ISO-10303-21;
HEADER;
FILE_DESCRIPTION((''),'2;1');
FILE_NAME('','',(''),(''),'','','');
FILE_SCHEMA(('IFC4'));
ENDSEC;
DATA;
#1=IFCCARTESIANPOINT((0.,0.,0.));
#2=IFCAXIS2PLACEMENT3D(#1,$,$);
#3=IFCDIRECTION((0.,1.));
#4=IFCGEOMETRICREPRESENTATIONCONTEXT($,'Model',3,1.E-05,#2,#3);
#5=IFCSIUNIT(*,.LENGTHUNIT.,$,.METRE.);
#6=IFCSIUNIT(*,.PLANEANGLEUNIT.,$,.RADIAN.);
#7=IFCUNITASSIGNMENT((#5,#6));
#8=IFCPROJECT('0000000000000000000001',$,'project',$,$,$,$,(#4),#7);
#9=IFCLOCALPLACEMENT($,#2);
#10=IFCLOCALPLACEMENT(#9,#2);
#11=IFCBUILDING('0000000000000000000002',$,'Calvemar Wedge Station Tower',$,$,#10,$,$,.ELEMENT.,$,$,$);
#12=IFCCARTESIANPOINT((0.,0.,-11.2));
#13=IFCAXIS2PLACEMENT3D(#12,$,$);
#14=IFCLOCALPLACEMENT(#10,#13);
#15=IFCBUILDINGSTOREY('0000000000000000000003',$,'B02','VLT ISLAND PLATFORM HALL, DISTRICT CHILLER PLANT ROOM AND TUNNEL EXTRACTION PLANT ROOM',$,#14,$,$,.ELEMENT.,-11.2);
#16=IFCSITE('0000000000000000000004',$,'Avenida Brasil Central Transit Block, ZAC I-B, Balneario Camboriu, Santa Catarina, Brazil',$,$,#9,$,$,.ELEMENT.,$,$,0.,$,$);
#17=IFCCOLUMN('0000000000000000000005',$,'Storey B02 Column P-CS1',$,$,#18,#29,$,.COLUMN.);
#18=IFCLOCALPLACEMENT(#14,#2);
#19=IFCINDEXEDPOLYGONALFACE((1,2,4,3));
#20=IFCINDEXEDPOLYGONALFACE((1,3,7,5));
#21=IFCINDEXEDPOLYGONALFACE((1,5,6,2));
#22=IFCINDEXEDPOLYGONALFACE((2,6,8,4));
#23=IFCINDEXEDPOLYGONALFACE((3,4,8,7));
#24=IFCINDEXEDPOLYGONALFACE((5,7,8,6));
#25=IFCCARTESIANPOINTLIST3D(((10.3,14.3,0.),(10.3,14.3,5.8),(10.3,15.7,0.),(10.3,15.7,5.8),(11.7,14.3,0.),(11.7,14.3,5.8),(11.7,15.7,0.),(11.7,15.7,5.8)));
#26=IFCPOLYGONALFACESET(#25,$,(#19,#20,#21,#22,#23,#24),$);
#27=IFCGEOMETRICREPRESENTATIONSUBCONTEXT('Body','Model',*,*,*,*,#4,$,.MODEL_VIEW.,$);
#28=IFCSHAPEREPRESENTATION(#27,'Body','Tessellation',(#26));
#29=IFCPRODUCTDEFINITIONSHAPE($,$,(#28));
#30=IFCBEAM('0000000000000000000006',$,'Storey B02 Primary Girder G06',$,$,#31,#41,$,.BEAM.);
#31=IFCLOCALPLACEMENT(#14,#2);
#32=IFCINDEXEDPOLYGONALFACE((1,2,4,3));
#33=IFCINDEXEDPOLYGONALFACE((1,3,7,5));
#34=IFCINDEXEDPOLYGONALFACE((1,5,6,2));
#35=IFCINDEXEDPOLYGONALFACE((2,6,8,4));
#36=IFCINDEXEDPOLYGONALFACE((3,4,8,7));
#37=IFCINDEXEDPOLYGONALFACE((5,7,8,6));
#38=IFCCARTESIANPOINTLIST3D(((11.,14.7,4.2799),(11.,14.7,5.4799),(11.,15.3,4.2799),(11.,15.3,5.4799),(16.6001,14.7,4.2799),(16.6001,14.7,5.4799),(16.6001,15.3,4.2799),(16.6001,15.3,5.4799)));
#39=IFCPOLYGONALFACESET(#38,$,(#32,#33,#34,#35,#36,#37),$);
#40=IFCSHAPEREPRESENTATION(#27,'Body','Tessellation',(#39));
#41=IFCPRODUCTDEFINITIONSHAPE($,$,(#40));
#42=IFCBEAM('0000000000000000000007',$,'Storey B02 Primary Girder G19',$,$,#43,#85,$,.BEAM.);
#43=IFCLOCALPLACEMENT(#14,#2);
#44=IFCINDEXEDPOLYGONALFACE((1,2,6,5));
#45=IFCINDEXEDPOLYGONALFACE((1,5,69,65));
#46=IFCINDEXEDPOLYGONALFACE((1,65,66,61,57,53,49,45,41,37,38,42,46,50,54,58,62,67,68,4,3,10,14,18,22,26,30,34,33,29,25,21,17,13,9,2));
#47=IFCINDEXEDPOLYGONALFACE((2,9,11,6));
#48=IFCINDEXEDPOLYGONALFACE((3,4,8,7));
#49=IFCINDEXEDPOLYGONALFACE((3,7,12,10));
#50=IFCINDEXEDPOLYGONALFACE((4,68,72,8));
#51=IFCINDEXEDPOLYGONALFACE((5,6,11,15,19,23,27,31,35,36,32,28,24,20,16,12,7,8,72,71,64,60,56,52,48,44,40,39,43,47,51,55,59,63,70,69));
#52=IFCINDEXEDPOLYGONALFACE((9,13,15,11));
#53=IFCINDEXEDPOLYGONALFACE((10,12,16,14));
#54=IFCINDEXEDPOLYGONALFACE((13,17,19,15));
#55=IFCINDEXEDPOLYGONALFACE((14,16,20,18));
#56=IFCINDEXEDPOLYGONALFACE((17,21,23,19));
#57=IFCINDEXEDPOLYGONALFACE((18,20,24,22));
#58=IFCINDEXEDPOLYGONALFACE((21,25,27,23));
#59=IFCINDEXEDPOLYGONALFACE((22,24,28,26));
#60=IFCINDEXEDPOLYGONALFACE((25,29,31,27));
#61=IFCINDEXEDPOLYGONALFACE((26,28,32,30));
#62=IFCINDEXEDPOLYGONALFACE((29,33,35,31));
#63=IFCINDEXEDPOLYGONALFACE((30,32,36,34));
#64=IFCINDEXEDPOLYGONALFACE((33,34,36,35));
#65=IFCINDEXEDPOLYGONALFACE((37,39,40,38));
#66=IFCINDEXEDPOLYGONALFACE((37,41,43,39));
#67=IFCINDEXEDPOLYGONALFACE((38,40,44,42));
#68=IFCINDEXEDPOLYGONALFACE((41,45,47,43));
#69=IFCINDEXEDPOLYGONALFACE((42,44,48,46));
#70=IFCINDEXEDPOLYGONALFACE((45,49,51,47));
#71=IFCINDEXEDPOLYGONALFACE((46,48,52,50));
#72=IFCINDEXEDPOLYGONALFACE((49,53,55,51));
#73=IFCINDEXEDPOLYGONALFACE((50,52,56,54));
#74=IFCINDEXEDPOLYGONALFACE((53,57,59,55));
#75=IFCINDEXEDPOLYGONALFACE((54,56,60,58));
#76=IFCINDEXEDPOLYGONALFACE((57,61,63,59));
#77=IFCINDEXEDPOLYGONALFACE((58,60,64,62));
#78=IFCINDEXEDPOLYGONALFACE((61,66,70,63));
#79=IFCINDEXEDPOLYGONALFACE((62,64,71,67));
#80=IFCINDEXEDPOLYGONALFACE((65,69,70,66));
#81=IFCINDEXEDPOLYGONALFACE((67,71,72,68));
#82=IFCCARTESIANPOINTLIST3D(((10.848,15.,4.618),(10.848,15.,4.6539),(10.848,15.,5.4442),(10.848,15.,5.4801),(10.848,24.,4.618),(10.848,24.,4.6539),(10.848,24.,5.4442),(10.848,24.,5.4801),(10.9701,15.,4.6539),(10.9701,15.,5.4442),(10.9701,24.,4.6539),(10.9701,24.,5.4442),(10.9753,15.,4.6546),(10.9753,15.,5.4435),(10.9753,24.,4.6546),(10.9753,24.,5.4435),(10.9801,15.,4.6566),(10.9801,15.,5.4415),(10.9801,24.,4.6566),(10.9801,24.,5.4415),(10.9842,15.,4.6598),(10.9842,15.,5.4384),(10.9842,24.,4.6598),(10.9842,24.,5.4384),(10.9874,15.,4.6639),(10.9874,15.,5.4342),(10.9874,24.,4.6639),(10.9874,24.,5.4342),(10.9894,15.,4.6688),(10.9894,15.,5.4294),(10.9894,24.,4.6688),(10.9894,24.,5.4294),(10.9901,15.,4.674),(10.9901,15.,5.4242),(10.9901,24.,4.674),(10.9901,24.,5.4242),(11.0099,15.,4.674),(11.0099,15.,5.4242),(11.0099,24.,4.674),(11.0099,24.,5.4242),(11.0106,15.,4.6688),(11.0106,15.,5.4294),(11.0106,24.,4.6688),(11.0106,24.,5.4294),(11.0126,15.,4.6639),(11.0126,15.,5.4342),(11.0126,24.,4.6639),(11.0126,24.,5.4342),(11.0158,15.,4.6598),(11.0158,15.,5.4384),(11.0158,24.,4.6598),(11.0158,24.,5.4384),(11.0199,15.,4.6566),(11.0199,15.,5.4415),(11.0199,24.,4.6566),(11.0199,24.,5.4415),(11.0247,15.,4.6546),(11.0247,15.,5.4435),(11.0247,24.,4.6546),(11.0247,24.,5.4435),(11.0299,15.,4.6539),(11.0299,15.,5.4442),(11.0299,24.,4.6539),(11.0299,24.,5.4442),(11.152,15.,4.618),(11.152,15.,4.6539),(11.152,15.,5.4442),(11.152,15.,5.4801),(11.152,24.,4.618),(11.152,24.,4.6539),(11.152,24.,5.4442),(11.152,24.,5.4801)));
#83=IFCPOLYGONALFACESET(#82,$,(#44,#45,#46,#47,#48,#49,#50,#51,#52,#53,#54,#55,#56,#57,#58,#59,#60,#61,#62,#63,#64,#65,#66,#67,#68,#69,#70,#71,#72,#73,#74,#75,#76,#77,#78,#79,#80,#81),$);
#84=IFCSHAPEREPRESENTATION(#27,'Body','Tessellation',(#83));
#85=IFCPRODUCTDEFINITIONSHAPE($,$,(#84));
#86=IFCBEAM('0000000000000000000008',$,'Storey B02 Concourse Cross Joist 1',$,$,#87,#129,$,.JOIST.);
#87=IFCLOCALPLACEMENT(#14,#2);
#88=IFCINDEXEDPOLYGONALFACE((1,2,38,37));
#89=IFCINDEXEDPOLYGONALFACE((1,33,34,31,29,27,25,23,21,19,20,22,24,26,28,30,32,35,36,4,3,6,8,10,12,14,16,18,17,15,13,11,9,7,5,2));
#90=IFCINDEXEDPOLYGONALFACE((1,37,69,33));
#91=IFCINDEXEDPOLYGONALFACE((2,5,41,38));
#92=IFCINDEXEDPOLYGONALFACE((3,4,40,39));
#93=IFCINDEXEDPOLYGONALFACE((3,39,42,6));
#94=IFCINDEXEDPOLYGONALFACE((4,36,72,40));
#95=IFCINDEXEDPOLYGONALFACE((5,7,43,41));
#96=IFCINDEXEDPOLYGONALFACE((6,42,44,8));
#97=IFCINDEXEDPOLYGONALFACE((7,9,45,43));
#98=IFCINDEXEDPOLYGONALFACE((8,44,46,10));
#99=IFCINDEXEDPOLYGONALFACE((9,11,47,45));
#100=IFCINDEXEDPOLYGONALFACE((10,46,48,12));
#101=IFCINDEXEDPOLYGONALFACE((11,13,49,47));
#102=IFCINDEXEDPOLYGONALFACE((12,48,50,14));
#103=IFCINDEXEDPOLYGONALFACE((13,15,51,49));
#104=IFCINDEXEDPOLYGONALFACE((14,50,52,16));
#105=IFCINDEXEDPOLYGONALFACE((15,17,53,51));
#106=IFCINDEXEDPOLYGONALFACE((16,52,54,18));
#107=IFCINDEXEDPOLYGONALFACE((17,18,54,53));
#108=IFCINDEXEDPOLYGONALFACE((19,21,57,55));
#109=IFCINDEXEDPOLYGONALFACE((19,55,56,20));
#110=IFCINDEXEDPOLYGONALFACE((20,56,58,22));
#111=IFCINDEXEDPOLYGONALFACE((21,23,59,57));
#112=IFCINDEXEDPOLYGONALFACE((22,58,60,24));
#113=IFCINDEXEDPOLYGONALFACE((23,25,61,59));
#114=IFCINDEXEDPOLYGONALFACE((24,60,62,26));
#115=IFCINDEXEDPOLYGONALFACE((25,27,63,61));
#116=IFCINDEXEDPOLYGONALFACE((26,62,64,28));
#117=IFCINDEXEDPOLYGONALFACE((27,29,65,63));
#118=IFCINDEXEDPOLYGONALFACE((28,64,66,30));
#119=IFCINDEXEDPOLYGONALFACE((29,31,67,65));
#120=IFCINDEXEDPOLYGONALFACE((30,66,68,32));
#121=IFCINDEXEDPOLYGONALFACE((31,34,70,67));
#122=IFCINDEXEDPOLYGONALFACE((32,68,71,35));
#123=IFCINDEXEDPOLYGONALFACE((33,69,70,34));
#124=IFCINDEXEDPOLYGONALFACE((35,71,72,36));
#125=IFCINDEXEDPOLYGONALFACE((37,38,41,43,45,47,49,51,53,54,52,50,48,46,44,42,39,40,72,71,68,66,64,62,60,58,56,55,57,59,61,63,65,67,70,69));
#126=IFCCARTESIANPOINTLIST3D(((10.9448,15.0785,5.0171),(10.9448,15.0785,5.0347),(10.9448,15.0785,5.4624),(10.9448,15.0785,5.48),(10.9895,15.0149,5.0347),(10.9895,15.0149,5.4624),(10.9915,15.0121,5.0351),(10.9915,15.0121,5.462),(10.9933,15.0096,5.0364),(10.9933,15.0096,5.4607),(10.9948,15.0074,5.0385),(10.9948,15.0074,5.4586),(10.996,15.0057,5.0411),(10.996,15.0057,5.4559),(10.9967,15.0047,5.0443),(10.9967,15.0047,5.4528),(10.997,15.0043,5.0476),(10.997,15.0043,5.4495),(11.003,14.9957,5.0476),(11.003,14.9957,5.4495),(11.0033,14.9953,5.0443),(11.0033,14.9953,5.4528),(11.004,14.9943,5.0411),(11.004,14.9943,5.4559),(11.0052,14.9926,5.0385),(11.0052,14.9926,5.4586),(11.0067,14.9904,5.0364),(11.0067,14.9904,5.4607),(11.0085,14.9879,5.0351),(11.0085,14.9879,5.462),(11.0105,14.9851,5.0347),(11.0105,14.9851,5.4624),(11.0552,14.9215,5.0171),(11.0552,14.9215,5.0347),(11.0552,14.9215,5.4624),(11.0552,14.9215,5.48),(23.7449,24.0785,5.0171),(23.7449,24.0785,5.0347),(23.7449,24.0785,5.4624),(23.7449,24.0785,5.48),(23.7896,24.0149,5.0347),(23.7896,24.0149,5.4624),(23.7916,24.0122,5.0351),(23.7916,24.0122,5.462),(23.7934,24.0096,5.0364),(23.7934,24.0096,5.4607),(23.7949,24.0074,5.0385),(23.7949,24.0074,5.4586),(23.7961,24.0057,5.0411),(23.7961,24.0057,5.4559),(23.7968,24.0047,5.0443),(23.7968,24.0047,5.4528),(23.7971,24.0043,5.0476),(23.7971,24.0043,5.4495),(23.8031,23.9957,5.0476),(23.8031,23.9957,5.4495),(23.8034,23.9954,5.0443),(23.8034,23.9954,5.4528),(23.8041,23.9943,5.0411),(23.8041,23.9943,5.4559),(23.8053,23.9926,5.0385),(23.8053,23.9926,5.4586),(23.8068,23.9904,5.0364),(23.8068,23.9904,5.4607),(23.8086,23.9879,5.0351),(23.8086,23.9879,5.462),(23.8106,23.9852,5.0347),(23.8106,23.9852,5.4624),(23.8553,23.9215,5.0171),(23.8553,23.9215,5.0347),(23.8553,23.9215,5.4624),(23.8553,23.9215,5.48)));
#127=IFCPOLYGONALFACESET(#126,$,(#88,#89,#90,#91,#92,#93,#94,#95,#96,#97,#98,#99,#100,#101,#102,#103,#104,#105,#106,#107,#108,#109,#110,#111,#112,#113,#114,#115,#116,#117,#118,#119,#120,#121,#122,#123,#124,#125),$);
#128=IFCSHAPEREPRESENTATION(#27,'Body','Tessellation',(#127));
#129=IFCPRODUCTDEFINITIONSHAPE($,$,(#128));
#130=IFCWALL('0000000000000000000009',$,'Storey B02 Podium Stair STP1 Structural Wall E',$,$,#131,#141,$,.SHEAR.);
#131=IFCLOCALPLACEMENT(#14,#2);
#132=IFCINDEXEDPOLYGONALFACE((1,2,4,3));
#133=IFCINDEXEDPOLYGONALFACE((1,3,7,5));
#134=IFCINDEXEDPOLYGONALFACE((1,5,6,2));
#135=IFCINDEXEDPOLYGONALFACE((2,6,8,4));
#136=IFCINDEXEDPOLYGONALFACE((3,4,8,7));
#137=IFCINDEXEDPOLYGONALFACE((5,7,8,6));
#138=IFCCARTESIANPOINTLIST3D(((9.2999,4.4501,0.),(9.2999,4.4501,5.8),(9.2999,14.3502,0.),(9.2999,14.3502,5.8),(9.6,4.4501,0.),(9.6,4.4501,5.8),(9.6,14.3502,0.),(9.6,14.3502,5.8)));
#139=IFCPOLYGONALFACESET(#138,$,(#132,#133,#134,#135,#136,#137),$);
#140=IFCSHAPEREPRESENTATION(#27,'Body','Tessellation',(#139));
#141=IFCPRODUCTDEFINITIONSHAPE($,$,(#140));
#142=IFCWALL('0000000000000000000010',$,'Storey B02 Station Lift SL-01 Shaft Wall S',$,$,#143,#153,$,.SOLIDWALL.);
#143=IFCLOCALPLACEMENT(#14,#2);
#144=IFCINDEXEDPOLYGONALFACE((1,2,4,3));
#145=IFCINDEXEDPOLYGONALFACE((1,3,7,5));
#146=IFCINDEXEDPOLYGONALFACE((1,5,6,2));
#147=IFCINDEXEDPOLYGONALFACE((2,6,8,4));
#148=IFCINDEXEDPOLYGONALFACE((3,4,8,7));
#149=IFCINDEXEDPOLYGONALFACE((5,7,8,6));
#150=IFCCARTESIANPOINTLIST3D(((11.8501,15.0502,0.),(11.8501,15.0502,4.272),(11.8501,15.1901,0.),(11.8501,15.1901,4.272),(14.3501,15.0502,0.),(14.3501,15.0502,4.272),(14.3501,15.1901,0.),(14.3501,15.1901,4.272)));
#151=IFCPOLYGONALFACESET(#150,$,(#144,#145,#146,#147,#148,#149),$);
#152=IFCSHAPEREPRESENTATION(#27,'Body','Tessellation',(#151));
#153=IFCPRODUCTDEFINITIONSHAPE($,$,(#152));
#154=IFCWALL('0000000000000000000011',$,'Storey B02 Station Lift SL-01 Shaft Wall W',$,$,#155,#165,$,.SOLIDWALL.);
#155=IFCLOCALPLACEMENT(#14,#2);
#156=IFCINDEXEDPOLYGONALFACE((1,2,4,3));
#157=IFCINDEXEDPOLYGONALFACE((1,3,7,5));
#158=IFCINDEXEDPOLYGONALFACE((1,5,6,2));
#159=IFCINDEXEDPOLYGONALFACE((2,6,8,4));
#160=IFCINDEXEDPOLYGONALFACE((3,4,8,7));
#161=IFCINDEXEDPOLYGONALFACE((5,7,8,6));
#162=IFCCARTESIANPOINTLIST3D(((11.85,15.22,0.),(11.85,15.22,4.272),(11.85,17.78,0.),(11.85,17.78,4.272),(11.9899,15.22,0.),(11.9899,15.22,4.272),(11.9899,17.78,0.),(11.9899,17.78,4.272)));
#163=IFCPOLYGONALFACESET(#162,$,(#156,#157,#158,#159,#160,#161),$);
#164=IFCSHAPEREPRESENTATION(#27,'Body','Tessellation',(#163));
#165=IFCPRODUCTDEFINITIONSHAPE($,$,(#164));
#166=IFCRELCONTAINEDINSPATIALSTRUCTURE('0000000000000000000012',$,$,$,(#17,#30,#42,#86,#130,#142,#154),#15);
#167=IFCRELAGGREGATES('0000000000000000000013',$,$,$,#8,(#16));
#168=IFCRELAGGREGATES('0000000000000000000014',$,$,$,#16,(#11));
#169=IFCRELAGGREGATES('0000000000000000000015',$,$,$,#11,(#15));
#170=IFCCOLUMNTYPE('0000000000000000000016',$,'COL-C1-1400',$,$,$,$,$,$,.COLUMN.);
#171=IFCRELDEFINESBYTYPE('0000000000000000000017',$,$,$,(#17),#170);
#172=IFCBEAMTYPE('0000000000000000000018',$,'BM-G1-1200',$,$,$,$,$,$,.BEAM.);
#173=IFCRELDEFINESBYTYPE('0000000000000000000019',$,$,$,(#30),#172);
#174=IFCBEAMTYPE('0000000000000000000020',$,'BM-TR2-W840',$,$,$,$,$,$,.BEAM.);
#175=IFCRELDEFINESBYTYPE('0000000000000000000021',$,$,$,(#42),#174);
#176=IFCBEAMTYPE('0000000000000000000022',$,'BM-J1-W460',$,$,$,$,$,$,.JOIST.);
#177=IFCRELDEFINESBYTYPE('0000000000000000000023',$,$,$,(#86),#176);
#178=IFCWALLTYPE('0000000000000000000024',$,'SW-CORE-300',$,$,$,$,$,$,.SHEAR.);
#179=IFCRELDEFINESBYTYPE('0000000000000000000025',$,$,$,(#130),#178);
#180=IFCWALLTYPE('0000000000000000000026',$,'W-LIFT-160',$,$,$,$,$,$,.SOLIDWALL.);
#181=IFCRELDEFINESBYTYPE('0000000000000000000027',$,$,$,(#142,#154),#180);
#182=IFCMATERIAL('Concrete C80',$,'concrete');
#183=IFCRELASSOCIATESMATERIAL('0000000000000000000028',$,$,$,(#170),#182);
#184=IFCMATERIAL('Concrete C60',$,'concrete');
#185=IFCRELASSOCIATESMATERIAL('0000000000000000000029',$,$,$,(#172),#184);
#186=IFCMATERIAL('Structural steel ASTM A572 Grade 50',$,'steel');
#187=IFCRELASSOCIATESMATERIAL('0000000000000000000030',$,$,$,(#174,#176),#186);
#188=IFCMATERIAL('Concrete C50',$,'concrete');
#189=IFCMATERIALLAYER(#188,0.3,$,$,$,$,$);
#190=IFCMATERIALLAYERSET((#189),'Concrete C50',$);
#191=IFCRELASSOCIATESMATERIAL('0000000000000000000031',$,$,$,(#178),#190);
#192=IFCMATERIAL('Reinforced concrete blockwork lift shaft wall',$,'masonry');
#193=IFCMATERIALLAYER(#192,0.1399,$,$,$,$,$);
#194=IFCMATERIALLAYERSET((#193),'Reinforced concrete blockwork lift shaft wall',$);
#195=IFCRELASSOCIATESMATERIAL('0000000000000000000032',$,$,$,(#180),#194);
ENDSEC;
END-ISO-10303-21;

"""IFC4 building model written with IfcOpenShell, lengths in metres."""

from ifc_helpers import new_model, si_unit, direction, frame, frame_2d, origin, origin_2d, place, context, subcontext, project, spatial, rectangle, i_section, extrude, source, transform, mapped, material, layer, layer_set, material_profile, profile_set, type_object, element, save


model = new_model("IFC4")

# Units and contexts
model_context = context("Model", 3, precision=1e-05, world=origin(), true_north=direction((0.0, 1.0)))
body_context = subcontext(model_context, "Body", "Model", "MODEL_VIEW")
ifc_project = project(units=[si_unit("LENGTHUNIT", "METRE"), si_unit("PLANEANGLEUNIT", "RADIAN")], contexts=[model_context])

# Site, building, storey
site_placement = place(None, origin())
site = spatial("IfcSite", under=ifc_project, at=site_placement, Name="Avenida Brasil Central Transit Block, ZAC I-B, Balneario Camboriu, Santa Catarina, Brazil", CompositionType="ELEMENT", RefElevation=0.0)
building_placement = place(site_placement, origin())
building = spatial("IfcBuilding", under=site, at=building_placement, Name="Calvemar Wedge Station Tower", CompositionType="ELEMENT")
storey_placement = place(building_placement, frame((0.0, 0.0, -11.2)))
storey = spatial("IfcBuildingStorey", under=building, at=storey_placement, Name="B02", Description="VLT ISLAND PLATFORM HALL, DISTRICT CHILLER PLANT ROOM AND TUNNEL EXTRACTION PLANT ROOM", CompositionType="ELEMENT", Elevation=-11.2)

# Column
ifc_material_1 = material(Name="Concrete C80", Category="concrete")
ifc_material_profile_1 = material_profile(ifc_material_1, rectangle(XDim=1.3999, YDim=1.3999, at=origin_2d()), Name="RC1400x1400")
ifc_profile_set_1 = profile_set([ifc_material_profile_1], Name="Concrete C80")
column_type = type_object("IfcColumnType", Name="COL-C1-1400", PredefinedType="COLUMN", material=ifc_profile_set_1)
shared_shape_1 = source(origin(), body_context, "Body", "SweptSolid", [
    extrude(rectangle(XDim=1.3999, YDim=1.3999, at=origin_2d()), origin(), (0.0, 0.0, 1.0), 5.8),
])
column_placement = place(storey_placement, frame((11.0, 15.0, 0.0), z_axis=(0.0, 0.0, 1.0), x_axis=(1.0, 0.0, 0.0)))
element("IfcColumn", 1, at=column_placement, inside=storey, type_object=column_type, Name="Storey B02 Column P-CS1", PredefinedType="COLUMN", context=body_context, shape_type="MappedRepresentation", body=[
    mapped(shared_shape_1, transform((0.0, 0.0, 0.0), scale=1.0)),
])

# Beams
ifc_material_2 = material(Name="Concrete C60", Category="concrete")
ifc_material_profile_2 = material_profile(ifc_material_2, rectangle(XDim=0.6001, YDim=1.2, at=origin_2d()), Name="RC600x1200")
ifc_profile_set_2 = profile_set([ifc_material_profile_2], Name="Concrete C60")
beam_type_1 = type_object("IfcBeamType", Name="BM-G1-1200", PredefinedType="BEAM", material=ifc_profile_set_2)
shared_shape_2 = source(origin(), body_context, "Body", "SweptSolid", [
    extrude(rectangle(XDim=0.6001, YDim=1.2, at=origin_2d()), origin(), (0.0, 0.0, 1.0), 5.6001),
])
beam_1_placement = place(storey_placement, frame((11.0, 15.0, 4.8799), z_axis=(1.0, 0.0, 0.0), x_axis=(0.0, 1.0, 0.0)))
element("IfcBeam", 2, at=beam_1_placement, inside=storey, type_object=beam_type_1, Name="Storey B02 Primary Girder G06", PredefinedType="BEAM", context=body_context, shape_type="MappedRepresentation", body=[
    mapped(shared_shape_2, transform((0.0, 0.0, 0.0), scale=1.0)),
])
ifc_material_3 = material(Name="Structural steel ASTM A572 Grade 50", Category="steel")
ifc_material_profile_3 = material_profile(ifc_material_3, i_section(OverallWidth=0.304, OverallDepth=0.8621, WebThickness=0.0198, FlangeThickness=0.0359, FilletRadius=0.02, at=origin_2d()), Name="W840x329")
ifc_profile_set_3 = profile_set([ifc_material_profile_3], Name="Structural steel ASTM A572 Grade 50")
beam_type_2 = type_object("IfcBeamType", Name="BM-TR2-W840", PredefinedType="BEAM", material=ifc_profile_set_3)
shared_shape_3 = source(origin(), body_context, "Body", "SweptSolid", [
    extrude(i_section(OverallWidth=0.304, OverallDepth=0.8621, WebThickness=0.0198, FlangeThickness=0.0359, FilletRadius=0.02, at=origin_2d()), origin(), (0.0, 0.0, 1.0), 9.0),
])
beam_2_placement = place(storey_placement, frame((11.0, 15.0, 5.0491), z_axis=(0.0, 1.0, 0.0), x_axis=(-1.0, 0.0, 0.0)))
element("IfcBeam", 3, at=beam_2_placement, inside=storey, type_object=beam_type_2, Name="Storey B02 Primary Girder G19", PredefinedType="BEAM", context=body_context, shape_type="MappedRepresentation", body=[
    mapped(shared_shape_3, transform((0.0, 0.0, 0.0), scale=1.0)),
])
ifc_material_profile_4 = material_profile(ifc_material_3, i_section(OverallWidth=0.1919, OverallDepth=0.4629, WebThickness=0.0105, FlangeThickness=0.0176, FilletRadius=0.0129, at=origin_2d()), Name="W460x89")
ifc_profile_set_4 = profile_set([ifc_material_profile_4], Name="Structural steel ASTM A572 Grade 50")
beam_type_3 = type_object("IfcBeamType", Name="BM-J1-W460", PredefinedType="JOIST", material=ifc_profile_set_4)
shared_shape_4 = source(origin(), body_context, "Body", "SweptSolid", [
    extrude(i_section(OverallWidth=0.1919, OverallDepth=0.4629, WebThickness=0.0105, FlangeThickness=0.0176, FilletRadius=0.0129, at=origin_2d()), origin(), (0.0, 0.0, 1.0), 15.6475),
])
beam_3_placement = place(storey_placement, frame((11.0, 15.0, 5.2485), z_axis=(0.81803, 0.575175, 0.0), x_axis=(-0.575175, 0.81803, 0.0)))
element("IfcBeam", 4, at=beam_3_placement, inside=storey, type_object=beam_type_3, Name="Storey B02 Concourse Cross Joist 1", PredefinedType="JOIST", context=body_context, shape_type="MappedRepresentation", body=[
    mapped(shared_shape_4, transform((0.0, 0.0, 0.0), scale=1.0)),
])

# Wall
ifc_material_4 = material(Name="Concrete C50", Category="concrete")
ifc_layer_1 = layer(ifc_material_4, 0.3)
ifc_layer_set_1 = layer_set([ifc_layer_1], Name="Concrete C50")
wall_type_1 = type_object("IfcWallType", Name="SW-CORE-300", PredefinedType="SHEAR", material=ifc_layer_set_1)
wall_1_placement = place(storey_placement, frame((9.45, 4.45, 0.0), z_axis=(0.0, 0.0, 1.0), x_axis=(0.0, 1.0, 0.0)))
element("IfcWall", 5, at=wall_1_placement, inside=storey, type_object=wall_type_1, Name="Storey B02 Podium Stair STP1 Structural Wall E", PredefinedType="SHEAR", context=body_context, shape_type="SweptSolid", body=[
    extrude(rectangle(XDim=9.9001, YDim=0.3, at=frame_2d((4.9502, 0.0))), origin(), (0.0, 0.0, 1.0), 5.8),
])

# Shared definitions
ifc_material_5 = material(Name="Reinforced concrete blockwork lift shaft wall", Category="masonry")
ifc_layer_2 = layer(ifc_material_5, 0.1399)
ifc_layer_set_2 = layer_set([ifc_layer_2], Name="Reinforced concrete blockwork lift shaft wall")
wall_type_2 = type_object("IfcWallType", Name="W-LIFT-160", PredefinedType="SOLIDWALL", material=ifc_layer_set_2)

# Walls
wall_2_placement = place(storey_placement, frame((11.8501, 15.1201, 0.0), z_axis=(0.0, 0.0, 1.0), x_axis=(1.0, 0.0, 0.0)))
element("IfcWall", 6, at=wall_2_placement, inside=storey, type_object=wall_type_2, Name="Storey B02 Station Lift SL-01 Shaft Wall S", PredefinedType="SOLIDWALL", context=body_context, shape_type="SweptSolid", body=[
    extrude(rectangle(XDim=2.5, YDim=0.1399, at=frame_2d((1.25, 0.0))), origin(), (0.0, 0.0, 1.0), 4.272),
])
wall_3_placement = place(storey_placement, frame((11.9199, 15.22, 0.0), z_axis=(0.0, 0.0, 1.0), x_axis=(0.0, 1.0, 0.0)))
element("IfcWall", 7, at=wall_3_placement, inside=storey, type_object=wall_type_2, Name="Storey B02 Station Lift SL-01 Shaft Wall W", PredefinedType="SOLIDWALL", context=body_context, shape_type="SweptSolid", body=[
    extrude(rectangle(XDim=2.5601, YDim=0.1399, at=frame_2d((1.28, 0.0))), origin(), (0.0, 0.0, 1.0), 4.272),
])

save(model, "model.ifc")
